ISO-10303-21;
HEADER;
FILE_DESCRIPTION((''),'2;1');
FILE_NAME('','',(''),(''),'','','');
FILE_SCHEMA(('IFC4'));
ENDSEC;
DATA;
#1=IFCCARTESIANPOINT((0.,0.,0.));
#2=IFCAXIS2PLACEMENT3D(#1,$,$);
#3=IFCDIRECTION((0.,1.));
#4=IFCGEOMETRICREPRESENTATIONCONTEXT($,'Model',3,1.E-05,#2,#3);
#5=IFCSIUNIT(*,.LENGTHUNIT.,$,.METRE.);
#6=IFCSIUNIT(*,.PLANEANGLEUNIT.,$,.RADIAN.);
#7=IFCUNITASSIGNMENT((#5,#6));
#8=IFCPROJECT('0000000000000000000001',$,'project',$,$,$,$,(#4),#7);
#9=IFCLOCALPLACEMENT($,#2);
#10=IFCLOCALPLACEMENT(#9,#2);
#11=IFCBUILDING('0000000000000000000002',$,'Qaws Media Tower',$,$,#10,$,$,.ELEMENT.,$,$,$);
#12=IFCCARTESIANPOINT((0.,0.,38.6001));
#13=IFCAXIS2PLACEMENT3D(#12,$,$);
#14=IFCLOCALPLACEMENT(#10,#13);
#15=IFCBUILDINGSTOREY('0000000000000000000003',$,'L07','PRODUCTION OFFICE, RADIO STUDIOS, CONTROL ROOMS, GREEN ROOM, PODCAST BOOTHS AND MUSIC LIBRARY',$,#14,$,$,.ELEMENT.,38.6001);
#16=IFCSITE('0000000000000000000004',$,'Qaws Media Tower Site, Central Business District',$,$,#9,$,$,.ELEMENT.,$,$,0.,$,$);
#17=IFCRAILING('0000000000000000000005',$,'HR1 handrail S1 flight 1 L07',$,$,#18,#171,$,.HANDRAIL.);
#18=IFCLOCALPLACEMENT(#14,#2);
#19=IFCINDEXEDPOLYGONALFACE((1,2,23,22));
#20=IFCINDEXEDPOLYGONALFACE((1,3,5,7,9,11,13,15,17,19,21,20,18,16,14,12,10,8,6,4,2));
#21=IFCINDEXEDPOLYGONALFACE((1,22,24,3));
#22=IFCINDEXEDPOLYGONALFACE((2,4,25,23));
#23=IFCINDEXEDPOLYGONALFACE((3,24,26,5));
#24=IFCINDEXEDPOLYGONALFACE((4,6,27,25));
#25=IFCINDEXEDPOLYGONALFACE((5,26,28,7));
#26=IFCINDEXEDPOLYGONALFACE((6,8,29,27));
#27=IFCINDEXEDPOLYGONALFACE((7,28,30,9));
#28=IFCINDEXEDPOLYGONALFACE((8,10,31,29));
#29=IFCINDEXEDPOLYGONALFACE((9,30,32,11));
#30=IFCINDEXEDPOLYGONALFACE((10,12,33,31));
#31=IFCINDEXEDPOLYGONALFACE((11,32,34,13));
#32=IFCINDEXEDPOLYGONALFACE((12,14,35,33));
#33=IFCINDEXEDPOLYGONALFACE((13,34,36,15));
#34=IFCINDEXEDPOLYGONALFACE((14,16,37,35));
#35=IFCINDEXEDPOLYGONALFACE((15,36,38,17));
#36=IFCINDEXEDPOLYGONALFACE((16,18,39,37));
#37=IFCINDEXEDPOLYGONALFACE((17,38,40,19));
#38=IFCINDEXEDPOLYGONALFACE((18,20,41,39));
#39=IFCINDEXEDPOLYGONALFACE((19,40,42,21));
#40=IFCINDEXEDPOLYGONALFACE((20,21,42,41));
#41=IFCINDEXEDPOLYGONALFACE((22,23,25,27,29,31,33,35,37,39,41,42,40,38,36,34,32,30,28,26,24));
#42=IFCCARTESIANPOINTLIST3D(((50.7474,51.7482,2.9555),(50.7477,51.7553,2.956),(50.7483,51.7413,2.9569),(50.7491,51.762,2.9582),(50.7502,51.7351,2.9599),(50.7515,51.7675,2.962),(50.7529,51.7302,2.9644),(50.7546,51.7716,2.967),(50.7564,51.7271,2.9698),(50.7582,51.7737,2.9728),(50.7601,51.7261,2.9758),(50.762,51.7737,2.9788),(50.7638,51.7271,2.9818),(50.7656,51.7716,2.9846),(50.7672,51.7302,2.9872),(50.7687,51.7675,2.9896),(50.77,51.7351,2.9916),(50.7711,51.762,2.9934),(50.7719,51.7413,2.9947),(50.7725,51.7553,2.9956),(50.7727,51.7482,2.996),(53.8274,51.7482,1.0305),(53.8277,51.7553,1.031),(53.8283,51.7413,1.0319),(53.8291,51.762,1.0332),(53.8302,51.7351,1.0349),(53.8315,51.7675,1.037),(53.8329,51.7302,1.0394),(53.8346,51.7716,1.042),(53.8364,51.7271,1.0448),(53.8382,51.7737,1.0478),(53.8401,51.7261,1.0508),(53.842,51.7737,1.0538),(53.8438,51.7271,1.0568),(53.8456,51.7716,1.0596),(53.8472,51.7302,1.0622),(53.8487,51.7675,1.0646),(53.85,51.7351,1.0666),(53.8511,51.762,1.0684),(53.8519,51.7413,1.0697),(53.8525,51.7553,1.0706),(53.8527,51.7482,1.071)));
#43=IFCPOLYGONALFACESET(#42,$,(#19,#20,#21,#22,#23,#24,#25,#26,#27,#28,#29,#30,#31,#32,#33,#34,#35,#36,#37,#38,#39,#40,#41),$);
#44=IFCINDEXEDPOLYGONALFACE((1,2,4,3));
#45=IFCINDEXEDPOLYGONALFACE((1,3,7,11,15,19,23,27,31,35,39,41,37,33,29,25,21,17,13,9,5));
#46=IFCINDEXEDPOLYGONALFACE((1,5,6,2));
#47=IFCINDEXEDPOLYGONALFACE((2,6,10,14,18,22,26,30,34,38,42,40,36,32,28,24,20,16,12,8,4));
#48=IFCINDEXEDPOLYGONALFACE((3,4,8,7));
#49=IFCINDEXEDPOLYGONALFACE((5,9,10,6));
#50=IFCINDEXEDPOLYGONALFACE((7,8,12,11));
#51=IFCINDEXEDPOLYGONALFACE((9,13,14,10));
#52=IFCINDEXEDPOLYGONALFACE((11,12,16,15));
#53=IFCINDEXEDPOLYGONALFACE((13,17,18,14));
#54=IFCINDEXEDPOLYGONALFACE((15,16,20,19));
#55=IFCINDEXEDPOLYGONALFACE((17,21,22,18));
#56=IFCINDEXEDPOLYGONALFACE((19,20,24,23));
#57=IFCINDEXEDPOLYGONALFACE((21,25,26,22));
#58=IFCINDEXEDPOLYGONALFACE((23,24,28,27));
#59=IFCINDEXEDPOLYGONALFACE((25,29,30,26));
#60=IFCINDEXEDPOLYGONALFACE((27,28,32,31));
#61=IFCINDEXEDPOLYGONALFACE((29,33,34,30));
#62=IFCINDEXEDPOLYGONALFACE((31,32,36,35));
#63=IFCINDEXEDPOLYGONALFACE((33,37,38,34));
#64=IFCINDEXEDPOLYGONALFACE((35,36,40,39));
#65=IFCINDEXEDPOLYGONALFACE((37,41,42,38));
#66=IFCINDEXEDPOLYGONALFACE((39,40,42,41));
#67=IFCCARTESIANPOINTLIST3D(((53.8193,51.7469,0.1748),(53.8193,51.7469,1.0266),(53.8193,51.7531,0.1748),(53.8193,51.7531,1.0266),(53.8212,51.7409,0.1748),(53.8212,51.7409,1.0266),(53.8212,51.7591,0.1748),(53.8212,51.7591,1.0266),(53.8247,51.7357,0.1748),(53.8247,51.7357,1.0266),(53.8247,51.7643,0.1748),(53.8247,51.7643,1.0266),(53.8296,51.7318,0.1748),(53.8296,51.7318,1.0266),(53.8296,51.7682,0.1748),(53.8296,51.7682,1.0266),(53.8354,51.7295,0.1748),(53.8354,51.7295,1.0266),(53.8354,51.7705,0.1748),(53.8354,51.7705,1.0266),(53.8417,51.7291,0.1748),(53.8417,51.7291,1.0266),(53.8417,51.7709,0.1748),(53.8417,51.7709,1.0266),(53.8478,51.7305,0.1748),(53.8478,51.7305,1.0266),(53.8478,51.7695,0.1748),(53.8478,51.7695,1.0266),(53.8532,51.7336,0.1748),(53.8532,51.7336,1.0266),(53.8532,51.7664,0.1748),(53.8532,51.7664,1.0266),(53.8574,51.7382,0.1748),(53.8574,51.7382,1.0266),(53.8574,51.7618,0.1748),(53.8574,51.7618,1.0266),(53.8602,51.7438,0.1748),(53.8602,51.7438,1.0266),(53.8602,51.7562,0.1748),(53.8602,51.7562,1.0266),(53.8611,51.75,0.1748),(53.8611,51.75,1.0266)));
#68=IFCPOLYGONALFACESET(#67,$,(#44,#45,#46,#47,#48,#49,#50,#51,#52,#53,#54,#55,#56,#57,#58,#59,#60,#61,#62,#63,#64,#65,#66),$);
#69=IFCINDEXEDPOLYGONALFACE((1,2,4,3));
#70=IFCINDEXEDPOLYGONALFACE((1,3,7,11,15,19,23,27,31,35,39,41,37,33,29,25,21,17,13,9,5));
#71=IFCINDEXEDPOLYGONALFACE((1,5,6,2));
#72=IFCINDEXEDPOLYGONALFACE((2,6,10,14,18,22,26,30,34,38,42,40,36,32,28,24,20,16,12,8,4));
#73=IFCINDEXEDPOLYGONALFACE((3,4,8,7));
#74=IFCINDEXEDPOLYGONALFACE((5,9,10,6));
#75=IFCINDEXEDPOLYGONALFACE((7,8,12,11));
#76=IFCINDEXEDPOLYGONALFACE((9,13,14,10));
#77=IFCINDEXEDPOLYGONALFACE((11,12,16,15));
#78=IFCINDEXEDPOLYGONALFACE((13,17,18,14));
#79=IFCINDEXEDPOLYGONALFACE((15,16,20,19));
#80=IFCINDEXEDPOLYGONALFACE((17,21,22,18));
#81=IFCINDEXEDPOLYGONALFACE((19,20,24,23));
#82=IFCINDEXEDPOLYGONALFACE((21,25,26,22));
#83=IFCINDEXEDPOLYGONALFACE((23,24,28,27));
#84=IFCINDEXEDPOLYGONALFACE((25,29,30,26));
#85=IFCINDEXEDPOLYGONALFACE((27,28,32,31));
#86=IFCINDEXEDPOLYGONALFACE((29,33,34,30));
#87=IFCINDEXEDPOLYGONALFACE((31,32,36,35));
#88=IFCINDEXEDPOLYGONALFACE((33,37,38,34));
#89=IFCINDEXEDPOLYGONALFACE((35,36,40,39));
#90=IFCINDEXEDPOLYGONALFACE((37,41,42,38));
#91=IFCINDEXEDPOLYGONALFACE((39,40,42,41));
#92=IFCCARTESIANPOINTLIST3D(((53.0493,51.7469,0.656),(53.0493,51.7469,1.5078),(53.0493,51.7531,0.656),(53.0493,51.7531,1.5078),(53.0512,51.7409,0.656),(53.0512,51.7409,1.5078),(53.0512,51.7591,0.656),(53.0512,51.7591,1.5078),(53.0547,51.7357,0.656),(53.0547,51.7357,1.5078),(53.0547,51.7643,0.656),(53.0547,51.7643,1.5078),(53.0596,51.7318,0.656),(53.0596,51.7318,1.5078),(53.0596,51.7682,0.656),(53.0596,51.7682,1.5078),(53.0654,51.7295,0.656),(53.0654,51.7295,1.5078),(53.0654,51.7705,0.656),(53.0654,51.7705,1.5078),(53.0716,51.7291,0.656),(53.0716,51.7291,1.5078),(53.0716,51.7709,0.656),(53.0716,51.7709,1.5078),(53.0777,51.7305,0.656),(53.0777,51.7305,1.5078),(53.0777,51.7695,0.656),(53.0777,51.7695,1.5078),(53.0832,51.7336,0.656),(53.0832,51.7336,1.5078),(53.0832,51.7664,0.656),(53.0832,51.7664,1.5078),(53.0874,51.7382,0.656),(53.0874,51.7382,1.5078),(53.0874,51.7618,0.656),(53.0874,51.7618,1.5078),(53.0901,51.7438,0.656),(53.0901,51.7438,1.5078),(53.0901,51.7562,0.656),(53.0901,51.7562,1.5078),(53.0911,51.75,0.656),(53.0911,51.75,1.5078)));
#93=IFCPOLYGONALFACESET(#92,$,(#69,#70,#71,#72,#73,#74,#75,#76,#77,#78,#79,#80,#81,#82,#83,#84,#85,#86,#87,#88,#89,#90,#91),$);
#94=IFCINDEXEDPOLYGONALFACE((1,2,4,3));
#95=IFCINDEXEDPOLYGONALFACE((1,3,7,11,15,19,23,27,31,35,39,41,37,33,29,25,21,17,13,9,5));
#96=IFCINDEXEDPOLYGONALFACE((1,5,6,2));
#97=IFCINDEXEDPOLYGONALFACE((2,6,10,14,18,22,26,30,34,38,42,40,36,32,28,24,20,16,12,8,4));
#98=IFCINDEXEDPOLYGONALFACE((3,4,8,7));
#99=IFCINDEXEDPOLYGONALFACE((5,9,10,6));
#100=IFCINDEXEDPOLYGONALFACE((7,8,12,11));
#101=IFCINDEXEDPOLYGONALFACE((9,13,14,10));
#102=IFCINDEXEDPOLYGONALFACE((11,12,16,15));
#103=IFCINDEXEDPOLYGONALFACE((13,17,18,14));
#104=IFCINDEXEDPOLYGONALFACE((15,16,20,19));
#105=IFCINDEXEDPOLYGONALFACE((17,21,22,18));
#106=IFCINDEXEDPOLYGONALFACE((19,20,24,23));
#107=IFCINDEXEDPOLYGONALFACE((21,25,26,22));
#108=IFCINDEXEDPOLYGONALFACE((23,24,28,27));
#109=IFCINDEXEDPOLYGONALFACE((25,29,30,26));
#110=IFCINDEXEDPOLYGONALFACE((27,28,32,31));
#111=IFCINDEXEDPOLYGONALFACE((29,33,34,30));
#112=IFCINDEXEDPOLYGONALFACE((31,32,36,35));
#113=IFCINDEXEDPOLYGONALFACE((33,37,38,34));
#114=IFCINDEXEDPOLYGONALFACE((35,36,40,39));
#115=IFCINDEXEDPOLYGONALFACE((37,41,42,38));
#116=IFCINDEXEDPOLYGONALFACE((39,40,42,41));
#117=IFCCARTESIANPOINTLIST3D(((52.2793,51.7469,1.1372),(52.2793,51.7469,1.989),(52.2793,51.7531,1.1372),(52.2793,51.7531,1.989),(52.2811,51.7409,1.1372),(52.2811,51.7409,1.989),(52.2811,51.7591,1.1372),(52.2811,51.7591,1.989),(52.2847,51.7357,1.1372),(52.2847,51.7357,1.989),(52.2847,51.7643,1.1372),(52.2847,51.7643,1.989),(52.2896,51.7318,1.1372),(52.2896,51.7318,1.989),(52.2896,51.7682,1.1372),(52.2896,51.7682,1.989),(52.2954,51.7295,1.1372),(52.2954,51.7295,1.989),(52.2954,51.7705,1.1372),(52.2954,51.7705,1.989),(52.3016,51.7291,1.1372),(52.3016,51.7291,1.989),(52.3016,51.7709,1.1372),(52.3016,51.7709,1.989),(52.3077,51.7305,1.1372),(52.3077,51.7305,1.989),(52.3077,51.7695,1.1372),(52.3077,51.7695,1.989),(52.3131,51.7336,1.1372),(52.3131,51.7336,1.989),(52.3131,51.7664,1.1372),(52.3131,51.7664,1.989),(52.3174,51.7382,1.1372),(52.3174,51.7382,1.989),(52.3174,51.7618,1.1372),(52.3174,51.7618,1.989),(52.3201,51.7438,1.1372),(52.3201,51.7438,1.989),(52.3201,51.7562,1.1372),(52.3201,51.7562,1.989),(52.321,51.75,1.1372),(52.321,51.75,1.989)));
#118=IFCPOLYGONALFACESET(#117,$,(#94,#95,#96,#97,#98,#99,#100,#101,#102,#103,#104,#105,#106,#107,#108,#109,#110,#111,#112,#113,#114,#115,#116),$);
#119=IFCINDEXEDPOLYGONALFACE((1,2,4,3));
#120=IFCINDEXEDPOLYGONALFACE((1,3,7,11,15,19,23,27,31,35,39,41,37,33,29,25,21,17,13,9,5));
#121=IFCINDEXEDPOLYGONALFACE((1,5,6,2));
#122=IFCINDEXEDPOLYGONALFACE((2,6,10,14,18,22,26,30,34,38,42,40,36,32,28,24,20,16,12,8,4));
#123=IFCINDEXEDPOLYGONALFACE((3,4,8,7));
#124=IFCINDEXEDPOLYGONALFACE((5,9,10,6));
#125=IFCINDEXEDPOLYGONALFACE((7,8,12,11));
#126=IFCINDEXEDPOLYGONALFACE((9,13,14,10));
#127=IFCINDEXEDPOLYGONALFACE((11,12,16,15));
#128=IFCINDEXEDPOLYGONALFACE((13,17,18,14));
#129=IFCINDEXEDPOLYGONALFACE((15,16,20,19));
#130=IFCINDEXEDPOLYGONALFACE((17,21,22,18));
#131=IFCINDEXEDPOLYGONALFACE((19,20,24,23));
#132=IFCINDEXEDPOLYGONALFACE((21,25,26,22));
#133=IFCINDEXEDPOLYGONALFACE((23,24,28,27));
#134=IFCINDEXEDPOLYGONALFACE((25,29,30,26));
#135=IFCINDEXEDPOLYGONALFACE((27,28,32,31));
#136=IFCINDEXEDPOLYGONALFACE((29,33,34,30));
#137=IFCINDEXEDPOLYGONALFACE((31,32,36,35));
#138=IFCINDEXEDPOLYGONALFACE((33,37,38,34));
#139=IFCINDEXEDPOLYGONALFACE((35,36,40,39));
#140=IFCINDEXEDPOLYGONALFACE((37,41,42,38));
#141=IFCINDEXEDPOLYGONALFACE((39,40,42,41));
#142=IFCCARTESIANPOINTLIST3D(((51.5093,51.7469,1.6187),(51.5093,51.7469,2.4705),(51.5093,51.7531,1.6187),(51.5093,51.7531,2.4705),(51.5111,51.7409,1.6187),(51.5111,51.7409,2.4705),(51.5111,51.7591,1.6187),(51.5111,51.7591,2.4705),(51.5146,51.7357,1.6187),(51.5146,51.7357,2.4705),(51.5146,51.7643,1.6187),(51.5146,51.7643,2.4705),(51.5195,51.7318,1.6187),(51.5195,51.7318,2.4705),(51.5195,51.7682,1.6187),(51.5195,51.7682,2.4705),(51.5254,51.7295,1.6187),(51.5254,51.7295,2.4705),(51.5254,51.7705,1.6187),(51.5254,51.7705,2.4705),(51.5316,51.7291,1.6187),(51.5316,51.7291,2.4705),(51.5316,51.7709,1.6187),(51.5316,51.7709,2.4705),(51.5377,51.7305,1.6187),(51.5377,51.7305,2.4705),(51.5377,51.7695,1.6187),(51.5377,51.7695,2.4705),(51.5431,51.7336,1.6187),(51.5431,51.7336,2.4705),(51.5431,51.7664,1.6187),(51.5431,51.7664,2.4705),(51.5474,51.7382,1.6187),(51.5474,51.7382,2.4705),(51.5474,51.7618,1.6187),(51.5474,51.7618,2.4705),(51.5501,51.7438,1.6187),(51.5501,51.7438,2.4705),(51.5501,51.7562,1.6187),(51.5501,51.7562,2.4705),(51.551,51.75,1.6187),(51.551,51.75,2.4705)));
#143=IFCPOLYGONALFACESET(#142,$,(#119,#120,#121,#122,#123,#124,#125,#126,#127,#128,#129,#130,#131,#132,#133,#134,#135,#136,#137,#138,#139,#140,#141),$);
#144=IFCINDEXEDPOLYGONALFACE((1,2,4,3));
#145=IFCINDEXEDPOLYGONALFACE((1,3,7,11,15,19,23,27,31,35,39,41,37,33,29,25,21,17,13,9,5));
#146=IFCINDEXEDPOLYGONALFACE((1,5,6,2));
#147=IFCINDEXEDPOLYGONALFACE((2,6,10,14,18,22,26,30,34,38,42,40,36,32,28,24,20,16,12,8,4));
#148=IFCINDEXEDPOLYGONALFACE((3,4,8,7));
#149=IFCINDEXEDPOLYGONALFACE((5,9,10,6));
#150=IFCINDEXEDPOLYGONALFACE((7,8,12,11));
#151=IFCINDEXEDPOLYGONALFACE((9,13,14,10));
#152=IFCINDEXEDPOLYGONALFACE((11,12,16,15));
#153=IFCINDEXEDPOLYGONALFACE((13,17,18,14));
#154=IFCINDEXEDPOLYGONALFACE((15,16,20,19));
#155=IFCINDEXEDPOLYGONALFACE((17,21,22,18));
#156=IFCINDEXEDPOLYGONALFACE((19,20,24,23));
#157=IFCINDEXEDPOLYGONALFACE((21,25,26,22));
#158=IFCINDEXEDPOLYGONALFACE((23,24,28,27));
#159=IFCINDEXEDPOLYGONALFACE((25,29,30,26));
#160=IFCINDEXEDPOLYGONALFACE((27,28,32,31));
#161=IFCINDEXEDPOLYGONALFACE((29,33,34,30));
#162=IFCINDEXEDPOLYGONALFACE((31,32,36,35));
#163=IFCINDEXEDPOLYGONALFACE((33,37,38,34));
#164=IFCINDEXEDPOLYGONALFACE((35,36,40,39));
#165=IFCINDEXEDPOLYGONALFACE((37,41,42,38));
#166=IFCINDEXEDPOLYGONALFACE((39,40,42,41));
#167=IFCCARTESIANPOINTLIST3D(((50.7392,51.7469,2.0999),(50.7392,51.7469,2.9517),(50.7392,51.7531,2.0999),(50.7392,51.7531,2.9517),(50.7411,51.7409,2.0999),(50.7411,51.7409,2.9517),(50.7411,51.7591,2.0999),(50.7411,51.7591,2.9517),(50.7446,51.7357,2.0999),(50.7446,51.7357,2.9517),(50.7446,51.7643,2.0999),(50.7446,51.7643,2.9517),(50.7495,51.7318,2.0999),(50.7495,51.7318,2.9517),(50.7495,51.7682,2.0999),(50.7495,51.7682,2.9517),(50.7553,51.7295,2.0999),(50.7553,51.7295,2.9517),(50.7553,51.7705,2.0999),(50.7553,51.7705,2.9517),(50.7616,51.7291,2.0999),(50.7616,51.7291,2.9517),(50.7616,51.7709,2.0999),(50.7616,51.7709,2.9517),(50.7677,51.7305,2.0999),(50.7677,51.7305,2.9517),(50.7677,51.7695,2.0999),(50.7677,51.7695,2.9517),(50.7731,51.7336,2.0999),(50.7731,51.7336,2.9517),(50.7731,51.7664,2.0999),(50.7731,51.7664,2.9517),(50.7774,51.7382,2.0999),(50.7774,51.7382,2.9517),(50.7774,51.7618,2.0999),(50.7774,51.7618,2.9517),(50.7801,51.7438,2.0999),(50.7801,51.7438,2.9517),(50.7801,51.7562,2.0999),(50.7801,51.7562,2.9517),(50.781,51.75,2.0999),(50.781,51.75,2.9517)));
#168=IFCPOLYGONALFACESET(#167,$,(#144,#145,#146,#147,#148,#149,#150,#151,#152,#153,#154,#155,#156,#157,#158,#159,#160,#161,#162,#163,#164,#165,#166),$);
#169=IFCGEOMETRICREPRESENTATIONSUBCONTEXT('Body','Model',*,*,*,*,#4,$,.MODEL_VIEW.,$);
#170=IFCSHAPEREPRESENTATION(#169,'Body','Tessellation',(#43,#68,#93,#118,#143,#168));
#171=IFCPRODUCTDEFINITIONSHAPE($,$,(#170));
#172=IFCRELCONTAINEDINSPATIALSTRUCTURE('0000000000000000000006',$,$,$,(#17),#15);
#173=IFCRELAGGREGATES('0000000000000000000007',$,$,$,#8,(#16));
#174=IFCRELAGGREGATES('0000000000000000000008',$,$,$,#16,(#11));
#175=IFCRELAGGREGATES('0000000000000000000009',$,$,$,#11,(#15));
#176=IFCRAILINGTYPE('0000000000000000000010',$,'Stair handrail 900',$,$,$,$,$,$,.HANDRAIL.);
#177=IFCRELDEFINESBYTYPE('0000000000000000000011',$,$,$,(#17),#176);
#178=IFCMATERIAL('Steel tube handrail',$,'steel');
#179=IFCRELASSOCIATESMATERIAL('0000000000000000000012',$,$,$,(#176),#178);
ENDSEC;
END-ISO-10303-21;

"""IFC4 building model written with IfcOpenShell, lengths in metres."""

from ifc_helpers import new_model, si_unit, direction, frame, origin, origin_2d, place, context, subcontext, project, spatial, circle, extrude, material, type_object, element, save


model = new_model("IFC4")

# Units and contexts
model_context = context("Model", 3, precision=1e-05, world=origin(), true_north=direction((0.0, 1.0)))
body_context = subcontext(model_context, "Body", "Model", "MODEL_VIEW")
ifc_project = project(units=[si_unit("LENGTHUNIT", "METRE"), si_unit("PLANEANGLEUNIT", "RADIAN")], contexts=[model_context])

# Site, building, storey
site_placement = place(None, origin())
site = spatial("IfcSite", under=ifc_project, at=site_placement, Name="Qaws Media Tower Site, Central Business District", CompositionType="ELEMENT", RefElevation=0.0)
building_placement = place(site_placement, origin())
building = spatial("IfcBuilding", under=site, at=building_placement, Name="Qaws Media Tower", CompositionType="ELEMENT")
storey_placement = place(building_placement, frame((0.0, 0.0, 38.6001)))
storey = spatial("IfcBuildingStorey", under=building, at=storey_placement, Name="L07", Description="PRODUCTION OFFICE, RADIO STUDIOS, CONTROL ROOMS, GREEN ROOM, PODCAST BOOTHS AND MUSIC LIBRARY", CompositionType="ELEMENT", Elevation=38.6001)

# Railing
ifc_material_1 = material(Name="Steel tube handrail", Category="steel")
railing_type = type_object("IfcRailingType", Name="Stair handrail 900", PredefinedType="HANDRAIL", material=ifc_material_1)
railing_placement = place(storey_placement, frame((53.8401, 51.75, 0.1748)))
element("IfcRailing", 1, at=railing_placement, inside=storey, type_object=railing_type, Name="HR1 handrail S1 flight 1 L07", PredefinedType="HANDRAIL", context=body_context, shape_type="SweptSolid", body=[
    extrude(circle(Radius=0.0239, at=origin_2d()), frame((0.0, 0.0, 0.876), z_axis=(-0.847998, 0.0, 0.529999), x_axis=(0.0, -1.0, 0.0)), (0.0, 0.0, 1.0), 3.6321),
    extrude(circle(Radius=0.021, at=origin_2d()), origin(), (0.0, 0.0, 1.0), 0.8518),
    extrude(circle(Radius=0.021, at=origin_2d()), frame((-0.77, 0.0, 0.4812)), (0.0, 0.0, 1.0), 0.8518),
    extrude(circle(Radius=0.021, at=origin_2d()), frame((-1.54, 0.0, 0.9624)), (0.0, 0.0, 1.0), 0.8518),
    extrude(circle(Radius=0.021, at=origin_2d()), frame((-2.3101, 0.0, 1.4438)), (0.0, 0.0, 1.0), 0.8518),
    extrude(circle(Radius=0.021, at=origin_2d()), frame((-3.0801, 0.0, 1.925)), (0.0, 0.0, 1.0), 0.8518),
])

save(model, "model.ifc")
